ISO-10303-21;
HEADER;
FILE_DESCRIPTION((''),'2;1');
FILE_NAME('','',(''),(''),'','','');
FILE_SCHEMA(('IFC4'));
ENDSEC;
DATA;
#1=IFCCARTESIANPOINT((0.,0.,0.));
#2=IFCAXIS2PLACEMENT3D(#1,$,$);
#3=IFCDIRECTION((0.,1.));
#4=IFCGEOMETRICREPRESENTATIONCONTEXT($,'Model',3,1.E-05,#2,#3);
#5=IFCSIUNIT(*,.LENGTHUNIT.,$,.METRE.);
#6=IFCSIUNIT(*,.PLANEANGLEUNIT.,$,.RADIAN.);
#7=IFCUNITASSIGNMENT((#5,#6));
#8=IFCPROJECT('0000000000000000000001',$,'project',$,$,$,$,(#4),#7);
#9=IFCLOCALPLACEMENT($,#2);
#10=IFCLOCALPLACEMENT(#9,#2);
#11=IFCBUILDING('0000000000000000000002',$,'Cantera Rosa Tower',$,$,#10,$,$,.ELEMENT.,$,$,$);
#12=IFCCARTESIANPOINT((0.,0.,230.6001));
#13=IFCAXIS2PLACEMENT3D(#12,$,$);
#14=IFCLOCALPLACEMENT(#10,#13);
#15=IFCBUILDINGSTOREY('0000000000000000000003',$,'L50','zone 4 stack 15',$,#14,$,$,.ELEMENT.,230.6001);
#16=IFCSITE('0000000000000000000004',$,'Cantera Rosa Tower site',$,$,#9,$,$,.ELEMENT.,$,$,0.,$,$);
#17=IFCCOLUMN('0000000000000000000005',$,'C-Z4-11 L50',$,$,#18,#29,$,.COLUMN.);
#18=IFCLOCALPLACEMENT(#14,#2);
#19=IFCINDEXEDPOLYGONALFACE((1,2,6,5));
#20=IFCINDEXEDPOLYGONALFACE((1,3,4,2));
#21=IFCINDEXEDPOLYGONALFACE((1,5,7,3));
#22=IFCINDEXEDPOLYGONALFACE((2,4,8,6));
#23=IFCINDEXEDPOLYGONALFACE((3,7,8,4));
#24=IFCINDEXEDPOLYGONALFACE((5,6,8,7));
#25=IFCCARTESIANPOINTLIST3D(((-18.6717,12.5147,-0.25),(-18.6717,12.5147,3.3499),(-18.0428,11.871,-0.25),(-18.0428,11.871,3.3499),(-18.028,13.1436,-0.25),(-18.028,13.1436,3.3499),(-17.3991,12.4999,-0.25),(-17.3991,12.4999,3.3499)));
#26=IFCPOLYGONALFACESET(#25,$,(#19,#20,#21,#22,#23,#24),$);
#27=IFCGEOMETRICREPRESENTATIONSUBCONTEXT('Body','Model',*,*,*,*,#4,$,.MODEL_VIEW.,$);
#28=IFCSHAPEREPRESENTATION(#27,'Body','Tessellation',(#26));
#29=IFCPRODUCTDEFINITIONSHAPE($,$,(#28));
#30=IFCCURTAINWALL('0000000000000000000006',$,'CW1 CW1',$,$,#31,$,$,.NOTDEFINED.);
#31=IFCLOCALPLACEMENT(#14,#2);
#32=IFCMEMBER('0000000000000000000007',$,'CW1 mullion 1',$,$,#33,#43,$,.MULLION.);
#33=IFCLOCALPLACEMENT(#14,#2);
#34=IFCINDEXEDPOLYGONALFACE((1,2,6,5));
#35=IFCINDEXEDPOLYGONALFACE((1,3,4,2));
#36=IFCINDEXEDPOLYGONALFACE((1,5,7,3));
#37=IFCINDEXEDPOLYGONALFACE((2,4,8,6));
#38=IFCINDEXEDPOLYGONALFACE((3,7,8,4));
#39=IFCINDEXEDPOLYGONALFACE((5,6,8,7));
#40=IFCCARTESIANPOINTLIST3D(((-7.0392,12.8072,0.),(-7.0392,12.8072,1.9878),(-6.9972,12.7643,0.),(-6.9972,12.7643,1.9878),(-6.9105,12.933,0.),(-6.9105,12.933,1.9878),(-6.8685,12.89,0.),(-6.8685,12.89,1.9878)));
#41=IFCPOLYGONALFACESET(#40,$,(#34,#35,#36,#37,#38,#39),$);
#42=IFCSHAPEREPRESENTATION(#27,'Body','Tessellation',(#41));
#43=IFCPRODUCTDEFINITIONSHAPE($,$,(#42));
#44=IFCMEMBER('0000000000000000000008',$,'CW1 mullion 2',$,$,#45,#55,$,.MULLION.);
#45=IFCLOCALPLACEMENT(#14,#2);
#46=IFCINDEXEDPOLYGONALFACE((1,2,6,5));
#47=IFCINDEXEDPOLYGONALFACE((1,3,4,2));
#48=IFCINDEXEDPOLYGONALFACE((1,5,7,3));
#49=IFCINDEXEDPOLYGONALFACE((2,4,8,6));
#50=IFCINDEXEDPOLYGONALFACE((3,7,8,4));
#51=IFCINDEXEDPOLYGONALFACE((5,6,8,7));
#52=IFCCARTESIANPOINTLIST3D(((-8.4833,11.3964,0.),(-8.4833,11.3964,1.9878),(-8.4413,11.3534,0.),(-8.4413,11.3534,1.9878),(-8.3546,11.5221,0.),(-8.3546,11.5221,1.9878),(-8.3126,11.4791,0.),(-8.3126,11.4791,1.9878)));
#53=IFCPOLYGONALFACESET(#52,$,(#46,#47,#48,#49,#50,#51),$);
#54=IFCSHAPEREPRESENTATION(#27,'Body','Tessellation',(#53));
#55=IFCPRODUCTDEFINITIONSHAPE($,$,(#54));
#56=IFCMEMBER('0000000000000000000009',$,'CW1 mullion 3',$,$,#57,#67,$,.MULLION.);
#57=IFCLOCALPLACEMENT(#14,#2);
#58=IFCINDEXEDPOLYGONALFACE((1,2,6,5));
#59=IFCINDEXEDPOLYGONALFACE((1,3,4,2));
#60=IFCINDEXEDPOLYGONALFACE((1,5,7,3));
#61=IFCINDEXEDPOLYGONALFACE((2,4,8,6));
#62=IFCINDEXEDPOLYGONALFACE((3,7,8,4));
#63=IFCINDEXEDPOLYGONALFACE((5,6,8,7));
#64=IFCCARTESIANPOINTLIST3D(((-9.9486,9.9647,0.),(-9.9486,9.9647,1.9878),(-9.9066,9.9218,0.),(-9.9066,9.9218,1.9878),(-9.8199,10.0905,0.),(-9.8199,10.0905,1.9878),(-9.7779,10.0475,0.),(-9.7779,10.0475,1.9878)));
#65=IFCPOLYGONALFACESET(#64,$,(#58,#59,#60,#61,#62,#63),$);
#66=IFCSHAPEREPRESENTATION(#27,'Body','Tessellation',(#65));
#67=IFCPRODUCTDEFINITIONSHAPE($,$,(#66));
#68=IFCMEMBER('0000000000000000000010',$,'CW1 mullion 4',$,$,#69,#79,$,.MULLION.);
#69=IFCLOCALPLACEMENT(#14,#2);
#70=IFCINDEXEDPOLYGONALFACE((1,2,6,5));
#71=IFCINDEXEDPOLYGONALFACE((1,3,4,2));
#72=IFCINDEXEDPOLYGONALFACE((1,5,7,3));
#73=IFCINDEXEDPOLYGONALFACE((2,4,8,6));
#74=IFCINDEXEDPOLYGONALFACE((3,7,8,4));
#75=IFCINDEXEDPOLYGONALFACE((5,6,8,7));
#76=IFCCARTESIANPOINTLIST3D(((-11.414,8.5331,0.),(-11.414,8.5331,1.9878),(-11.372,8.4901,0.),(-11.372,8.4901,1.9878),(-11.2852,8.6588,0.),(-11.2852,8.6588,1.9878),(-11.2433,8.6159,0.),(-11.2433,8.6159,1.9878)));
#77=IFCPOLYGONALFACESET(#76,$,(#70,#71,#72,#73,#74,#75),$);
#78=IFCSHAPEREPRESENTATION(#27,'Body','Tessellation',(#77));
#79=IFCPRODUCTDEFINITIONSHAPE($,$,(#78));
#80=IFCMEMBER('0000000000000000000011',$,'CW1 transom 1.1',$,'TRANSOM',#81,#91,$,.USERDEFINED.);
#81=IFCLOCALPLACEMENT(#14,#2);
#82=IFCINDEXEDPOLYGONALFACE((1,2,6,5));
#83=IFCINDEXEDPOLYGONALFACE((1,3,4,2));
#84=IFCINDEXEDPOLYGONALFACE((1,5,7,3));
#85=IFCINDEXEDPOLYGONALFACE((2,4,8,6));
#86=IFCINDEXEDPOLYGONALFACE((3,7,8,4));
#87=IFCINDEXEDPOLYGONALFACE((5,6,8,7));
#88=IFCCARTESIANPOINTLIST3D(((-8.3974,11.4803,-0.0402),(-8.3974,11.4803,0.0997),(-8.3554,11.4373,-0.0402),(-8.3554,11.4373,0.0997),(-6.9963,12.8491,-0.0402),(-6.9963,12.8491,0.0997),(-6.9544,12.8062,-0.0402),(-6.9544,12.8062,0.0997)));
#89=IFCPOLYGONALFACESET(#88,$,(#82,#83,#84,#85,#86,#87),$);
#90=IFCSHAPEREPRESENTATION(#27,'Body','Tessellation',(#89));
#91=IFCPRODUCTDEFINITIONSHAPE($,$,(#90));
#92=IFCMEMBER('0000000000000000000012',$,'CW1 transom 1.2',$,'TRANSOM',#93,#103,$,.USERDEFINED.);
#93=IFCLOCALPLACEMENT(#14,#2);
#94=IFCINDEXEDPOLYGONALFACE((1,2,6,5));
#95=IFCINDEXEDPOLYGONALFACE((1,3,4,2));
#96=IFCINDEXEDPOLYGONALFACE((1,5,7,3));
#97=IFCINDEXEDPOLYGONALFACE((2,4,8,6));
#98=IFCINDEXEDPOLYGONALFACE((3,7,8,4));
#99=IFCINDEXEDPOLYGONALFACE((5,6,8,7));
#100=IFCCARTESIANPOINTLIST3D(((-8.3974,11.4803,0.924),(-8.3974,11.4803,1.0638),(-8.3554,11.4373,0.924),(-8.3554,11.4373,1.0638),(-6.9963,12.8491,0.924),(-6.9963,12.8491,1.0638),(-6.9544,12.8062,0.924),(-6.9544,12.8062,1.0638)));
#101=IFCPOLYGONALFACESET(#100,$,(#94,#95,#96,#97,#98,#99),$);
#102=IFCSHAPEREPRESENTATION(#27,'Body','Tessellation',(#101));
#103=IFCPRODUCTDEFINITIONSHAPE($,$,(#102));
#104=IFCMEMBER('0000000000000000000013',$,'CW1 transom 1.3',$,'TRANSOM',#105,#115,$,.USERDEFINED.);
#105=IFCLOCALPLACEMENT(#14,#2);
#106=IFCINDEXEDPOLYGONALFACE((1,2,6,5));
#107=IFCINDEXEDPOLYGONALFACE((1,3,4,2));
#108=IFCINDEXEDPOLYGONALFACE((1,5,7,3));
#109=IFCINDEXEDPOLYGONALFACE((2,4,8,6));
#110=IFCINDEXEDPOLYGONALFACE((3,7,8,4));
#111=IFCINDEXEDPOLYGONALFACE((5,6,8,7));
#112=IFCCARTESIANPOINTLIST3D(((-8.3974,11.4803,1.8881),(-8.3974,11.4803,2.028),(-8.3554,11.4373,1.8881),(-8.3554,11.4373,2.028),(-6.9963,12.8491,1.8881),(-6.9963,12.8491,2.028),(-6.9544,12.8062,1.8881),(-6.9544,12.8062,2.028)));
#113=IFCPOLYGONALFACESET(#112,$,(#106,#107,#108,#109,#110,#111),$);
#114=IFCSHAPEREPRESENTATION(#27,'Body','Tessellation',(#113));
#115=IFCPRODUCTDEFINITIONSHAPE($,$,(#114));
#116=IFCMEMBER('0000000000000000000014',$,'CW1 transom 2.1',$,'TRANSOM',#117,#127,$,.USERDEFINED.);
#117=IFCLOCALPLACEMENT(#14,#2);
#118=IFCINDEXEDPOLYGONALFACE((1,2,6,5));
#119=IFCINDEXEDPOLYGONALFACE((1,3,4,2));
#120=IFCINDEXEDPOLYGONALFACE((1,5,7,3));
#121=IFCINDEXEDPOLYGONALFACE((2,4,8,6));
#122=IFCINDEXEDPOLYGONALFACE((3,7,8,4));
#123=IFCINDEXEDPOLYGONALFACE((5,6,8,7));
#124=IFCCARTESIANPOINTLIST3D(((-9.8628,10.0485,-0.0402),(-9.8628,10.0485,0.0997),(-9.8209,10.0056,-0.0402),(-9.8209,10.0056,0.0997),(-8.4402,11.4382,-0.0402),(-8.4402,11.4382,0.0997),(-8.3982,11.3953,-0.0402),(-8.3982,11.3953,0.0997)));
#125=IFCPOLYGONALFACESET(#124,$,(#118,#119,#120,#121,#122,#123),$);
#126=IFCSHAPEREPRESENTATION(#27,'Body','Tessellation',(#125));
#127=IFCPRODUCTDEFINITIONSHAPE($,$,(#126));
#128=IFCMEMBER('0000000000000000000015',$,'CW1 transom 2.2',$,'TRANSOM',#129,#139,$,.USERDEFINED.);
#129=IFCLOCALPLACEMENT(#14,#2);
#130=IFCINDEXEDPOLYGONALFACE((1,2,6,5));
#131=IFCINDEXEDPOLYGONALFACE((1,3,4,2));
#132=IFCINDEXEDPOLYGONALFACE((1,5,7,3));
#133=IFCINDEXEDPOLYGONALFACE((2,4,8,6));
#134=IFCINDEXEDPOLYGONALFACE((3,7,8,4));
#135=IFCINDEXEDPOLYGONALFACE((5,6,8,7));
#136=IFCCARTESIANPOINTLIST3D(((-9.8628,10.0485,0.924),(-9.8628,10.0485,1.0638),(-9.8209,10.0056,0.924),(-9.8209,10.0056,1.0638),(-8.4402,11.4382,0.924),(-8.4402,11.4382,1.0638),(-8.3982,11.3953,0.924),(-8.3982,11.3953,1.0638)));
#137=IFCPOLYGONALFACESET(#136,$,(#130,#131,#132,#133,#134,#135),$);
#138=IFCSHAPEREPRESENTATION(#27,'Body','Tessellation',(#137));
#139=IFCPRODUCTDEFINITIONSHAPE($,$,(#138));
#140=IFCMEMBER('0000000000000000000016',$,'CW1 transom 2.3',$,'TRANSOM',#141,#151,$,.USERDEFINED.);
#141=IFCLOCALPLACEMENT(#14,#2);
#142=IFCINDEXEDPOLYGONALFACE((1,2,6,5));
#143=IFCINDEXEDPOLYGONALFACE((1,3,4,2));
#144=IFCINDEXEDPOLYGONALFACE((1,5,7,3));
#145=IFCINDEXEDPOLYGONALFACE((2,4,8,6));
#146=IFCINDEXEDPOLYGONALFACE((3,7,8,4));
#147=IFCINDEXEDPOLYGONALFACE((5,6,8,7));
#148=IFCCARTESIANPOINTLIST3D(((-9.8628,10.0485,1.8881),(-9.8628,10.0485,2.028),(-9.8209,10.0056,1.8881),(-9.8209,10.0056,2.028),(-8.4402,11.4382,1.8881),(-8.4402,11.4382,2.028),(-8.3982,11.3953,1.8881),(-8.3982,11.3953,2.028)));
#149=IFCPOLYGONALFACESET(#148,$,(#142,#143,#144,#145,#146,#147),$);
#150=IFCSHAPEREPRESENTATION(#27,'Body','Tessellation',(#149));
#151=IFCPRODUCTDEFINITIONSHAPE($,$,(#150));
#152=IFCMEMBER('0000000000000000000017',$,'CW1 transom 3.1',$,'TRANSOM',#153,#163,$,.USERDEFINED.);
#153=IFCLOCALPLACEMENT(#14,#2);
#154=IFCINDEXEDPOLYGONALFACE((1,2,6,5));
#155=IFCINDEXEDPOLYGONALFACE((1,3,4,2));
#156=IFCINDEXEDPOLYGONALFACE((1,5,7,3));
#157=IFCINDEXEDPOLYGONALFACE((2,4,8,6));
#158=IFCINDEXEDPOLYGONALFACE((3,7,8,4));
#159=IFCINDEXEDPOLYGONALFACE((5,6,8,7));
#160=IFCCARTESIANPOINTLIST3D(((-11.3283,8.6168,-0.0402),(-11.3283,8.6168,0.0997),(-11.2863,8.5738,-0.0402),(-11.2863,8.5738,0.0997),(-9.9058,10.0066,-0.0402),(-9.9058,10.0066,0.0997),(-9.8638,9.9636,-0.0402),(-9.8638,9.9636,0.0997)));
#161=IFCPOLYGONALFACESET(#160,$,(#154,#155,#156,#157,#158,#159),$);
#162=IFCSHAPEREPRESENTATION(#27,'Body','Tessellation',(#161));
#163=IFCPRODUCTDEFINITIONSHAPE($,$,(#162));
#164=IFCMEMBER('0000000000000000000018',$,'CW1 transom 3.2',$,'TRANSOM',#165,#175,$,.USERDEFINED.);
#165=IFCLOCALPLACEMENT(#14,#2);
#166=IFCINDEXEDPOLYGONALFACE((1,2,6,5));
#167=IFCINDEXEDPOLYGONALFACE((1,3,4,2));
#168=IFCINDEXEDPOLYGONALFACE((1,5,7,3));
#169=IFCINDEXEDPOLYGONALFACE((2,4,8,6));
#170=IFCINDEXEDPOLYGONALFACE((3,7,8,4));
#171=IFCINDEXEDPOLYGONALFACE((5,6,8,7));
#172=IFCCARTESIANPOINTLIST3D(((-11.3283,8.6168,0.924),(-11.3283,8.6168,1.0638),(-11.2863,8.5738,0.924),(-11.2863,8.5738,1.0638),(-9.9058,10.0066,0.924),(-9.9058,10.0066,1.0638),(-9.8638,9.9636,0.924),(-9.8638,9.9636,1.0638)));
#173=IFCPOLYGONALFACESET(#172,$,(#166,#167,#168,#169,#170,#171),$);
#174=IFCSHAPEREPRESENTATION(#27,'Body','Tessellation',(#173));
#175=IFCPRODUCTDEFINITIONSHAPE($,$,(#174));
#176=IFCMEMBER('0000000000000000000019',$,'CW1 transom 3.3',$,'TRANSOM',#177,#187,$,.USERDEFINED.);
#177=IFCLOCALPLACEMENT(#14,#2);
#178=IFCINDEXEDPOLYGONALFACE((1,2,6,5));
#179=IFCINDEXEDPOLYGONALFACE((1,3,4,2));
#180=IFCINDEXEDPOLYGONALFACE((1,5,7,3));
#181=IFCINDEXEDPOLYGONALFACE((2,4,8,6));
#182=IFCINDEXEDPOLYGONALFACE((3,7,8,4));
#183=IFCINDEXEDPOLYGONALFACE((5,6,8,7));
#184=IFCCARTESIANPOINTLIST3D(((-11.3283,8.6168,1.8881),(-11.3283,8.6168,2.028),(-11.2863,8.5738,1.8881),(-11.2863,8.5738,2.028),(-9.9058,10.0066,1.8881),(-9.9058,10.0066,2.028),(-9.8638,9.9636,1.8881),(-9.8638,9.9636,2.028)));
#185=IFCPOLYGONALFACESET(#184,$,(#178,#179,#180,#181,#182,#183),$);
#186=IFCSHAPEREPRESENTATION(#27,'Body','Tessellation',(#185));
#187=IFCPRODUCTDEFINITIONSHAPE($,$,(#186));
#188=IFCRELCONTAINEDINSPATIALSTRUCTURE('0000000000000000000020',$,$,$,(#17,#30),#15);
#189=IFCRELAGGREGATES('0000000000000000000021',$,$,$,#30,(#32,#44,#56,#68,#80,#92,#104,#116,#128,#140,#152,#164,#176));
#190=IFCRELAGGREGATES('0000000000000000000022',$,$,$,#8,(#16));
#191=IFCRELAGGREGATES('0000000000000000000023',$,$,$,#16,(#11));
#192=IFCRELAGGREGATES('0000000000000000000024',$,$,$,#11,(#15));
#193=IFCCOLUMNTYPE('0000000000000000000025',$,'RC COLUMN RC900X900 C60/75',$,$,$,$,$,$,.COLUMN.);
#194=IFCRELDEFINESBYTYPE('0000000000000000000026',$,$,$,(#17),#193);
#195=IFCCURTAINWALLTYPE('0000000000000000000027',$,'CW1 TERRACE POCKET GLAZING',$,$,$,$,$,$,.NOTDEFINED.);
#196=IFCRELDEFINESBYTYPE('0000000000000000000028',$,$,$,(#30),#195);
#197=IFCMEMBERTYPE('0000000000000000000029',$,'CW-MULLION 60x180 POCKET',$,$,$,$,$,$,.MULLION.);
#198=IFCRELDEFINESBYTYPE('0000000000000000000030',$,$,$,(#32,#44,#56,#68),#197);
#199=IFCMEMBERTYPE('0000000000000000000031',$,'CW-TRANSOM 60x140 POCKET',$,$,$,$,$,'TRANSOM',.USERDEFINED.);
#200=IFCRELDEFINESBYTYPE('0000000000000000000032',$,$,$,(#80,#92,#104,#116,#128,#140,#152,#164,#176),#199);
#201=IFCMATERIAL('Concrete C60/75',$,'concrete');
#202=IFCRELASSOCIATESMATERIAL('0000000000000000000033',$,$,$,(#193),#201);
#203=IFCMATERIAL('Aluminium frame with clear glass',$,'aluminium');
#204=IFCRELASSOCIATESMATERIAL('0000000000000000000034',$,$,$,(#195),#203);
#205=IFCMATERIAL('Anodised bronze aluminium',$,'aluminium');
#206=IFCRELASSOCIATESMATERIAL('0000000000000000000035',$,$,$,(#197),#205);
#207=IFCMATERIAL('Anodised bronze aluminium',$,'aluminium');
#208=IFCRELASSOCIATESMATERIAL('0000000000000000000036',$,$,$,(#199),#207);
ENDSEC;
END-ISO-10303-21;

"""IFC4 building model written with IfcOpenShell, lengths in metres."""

from ifc_helpers import new_model, si_unit, direction, frame, origin, origin_2d, place, context, subcontext, project, spatial, rectangle, extrude, material, material_profile, profile_set, type_object, element, aggregate, save


model = new_model("IFC4")

# Units and contexts
model_context = context("Model", 3, precision=1e-05, world=origin(), true_north=direction((0.0, 1.0)))
body_context = subcontext(model_context, "Body", "Model", "MODEL_VIEW")
ifc_project = project(units=[si_unit("LENGTHUNIT", "METRE"), si_unit("PLANEANGLEUNIT", "RADIAN")], contexts=[model_context])

# Site, building, storey
site_placement = place(None, origin())
site = spatial("IfcSite", under=ifc_project, at=site_placement, Name="Cantera Rosa Tower site", CompositionType="ELEMENT", RefElevation=0.0)
building_placement = place(site_placement, origin())
building = spatial("IfcBuilding", under=site, at=building_placement, Name="Cantera Rosa Tower", CompositionType="ELEMENT")
storey_placement = place(building_placement, frame((0.0, 0.0, 230.6001)))
storey = spatial("IfcBuildingStorey", under=building, at=storey_placement, Name="L50", Description="zone 4 stack 15", CompositionType="ELEMENT", Elevation=230.6001)

# Column
ifc_material_1 = material(Name="Concrete C60/75", Category="concrete")
ifc_material_profile_1 = material_profile(ifc_material_1, rectangle(XDim=0.8999, YDim=0.8999, at=origin_2d()), Name="RC COLUMN RC900X900 C60/75")
ifc_profile_set_1 = profile_set([ifc_material_profile_1], Name="Concrete C60/75")
column_type = type_object("IfcColumnType", Name="RC COLUMN RC900X900 C60/75", PredefinedType="COLUMN", material=ifc_profile_set_1)
column_placement = place(storey_placement, frame((-18.0354, 12.5073, -0.25), z_axis=(0.0, 0.0, 1.0), x_axis=(0.715286, 0.698832, 0.0)))
element("IfcColumn", 1, at=column_placement, inside=storey, type_object=column_type, Name="C-Z4-11 L50", PredefinedType="COLUMN", context=body_context, shape_type="SweptSolid", body=[
    extrude(rectangle(XDim=0.8999, YDim=0.8999, at=origin_2d()), origin(), (0.0, 0.0, 1.0), 3.5999),
])

# Curtain wall, members
ifc_material_2 = material(Name="Aluminium frame with clear glass", Category="aluminium")
curtain_wall_type = type_object("IfcCurtainWallType", Name="CW1 TERRACE POCKET GLAZING", PredefinedType="NOTDEFINED", material=ifc_material_2)
curtain_wall_placement = place(storey_placement, origin())
curtain_wall = element("IfcCurtainWall", 2, at=curtain_wall_placement, inside=storey, type_object=curtain_wall_type, Name="CW1 CW1", PredefinedType="NOTDEFINED")
ifc_material_3 = material(Name="Anodised bronze aluminium", Category="aluminium")
ifc_material_profile_2 = material_profile(ifc_material_3, rectangle(XDim=0.0601, YDim=0.1799, at=origin_2d()), Name="CW-MULLION 60x180 POCKET")
ifc_profile_set_2 = profile_set([ifc_material_profile_2], Name="Anodised bronze aluminium")
member_type_1 = type_object("IfcMemberType", Name="CW-MULLION 60x180 POCKET", PredefinedType="MULLION", material=ifc_profile_set_2)
member_1_placement = place(storey_placement, frame((-6.9539, 12.8486, 0.0), z_axis=(0.0, 0.0, 1.0), x_axis=(0.698832, -0.715286, 0.0)))
member_1 = element("IfcMember", 3, at=member_1_placement, type_object=member_type_1, Name="CW1 mullion 1", PredefinedType="MULLION", context=body_context, shape_type="SweptSolid", body=[
    extrude(rectangle(XDim=0.0601, YDim=0.1799, at=origin_2d()), origin(), (0.0, 0.0, 1.0), 1.9878),
])
member_2_placement = place(storey_placement, frame((-8.3979, 11.4377, 0.0), z_axis=(0.0, 0.0, 1.0), x_axis=(0.698832, -0.715286, 0.0)))
member_2 = element("IfcMember", 4, at=member_2_placement, type_object=member_type_1, Name="CW1 mullion 2", PredefinedType="MULLION", context=body_context, shape_type="SweptSolid", body=[
    extrude(rectangle(XDim=0.0601, YDim=0.1799, at=origin_2d()), origin(), (0.0, 0.0, 1.0), 1.9878),
])
member_3_placement = place(storey_placement, frame((-9.8633, 10.0061, 0.0), z_axis=(0.0, 0.0, 1.0), x_axis=(0.698832, -0.715286, 0.0)))
member_3 = element("IfcMember", 5, at=member_3_placement, type_object=member_type_1, Name="CW1 mullion 3", PredefinedType="MULLION", context=body_context, shape_type="SweptSolid", body=[
    extrude(rectangle(XDim=0.0601, YDim=0.1799, at=origin_2d()), origin(), (0.0, 0.0, 1.0), 1.9878),
])
member_4_placement = place(storey_placement, frame((-11.3286, 8.5745, 0.0), z_axis=(0.0, 0.0, 1.0), x_axis=(0.698832, -0.715286, 0.0)))
member_4 = element("IfcMember", 6, at=member_4_placement, type_object=member_type_1, Name="CW1 mullion 4", PredefinedType="MULLION", context=body_context, shape_type="SweptSolid", body=[
    extrude(rectangle(XDim=0.0601, YDim=0.1799, at=origin_2d()), origin(), (0.0, 0.0, 1.0), 1.9878),
])
ifc_material_4 = material(Name="Anodised bronze aluminium", Category="aluminium")
ifc_material_profile_3 = material_profile(ifc_material_4, rectangle(XDim=0.0601, YDim=0.1399, at=origin_2d()), Name="CW-TRANSOM 60x140 POCKET")
ifc_profile_set_3 = profile_set([ifc_material_profile_3], Name="Anodised bronze aluminium")
member_type_2 = type_object("IfcMemberType", Name="CW-TRANSOM 60x140 POCKET", ElementType="TRANSOM", PredefinedType="USERDEFINED", material=ifc_profile_set_3)
member_5_placement = place(storey_placement, frame((-6.9753, 12.8276, 0.0298), z_axis=(-0.715285, -0.698833, 0.0), x_axis=(0.698833, -0.715285, 0.0)))
member_5 = element("IfcMember", 7, at=member_5_placement, type_object=member_type_2, Name="CW1 transom 1.1", ObjectType="TRANSOM", PredefinedType="USERDEFINED", context=body_context, shape_type="SweptSolid", body=[
    extrude(rectangle(XDim=0.0601, YDim=0.1399, at=origin_2d()), origin(), (0.0, 0.0, 1.0), 1.9587),
])
member_6_placement = place(storey_placement, frame((-6.9753, 12.8276, 0.9939), z_axis=(-0.715285, -0.698833, 0.0), x_axis=(0.698833, -0.715285, 0.0)))
member_6 = element("IfcMember", 8, at=member_6_placement, type_object=member_type_2, Name="CW1 transom 1.2", ObjectType="TRANSOM", PredefinedType="USERDEFINED", context=body_context, shape_type="SweptSolid", body=[
    extrude(rectangle(XDim=0.0601, YDim=0.1399, at=origin_2d()), origin(), (0.0, 0.0, 1.0), 1.9587),
])
member_7_placement = place(storey_placement, frame((-6.9753, 12.8276, 1.958), z_axis=(-0.715285, -0.698833, 0.0), x_axis=(0.698833, -0.715285, 0.0)))
member_7 = element("IfcMember", 9, at=member_7_placement, type_object=member_type_2, Name="CW1 transom 1.3", ObjectType="TRANSOM", PredefinedType="USERDEFINED", context=body_context, shape_type="SweptSolid", body=[
    extrude(rectangle(XDim=0.0601, YDim=0.1399, at=origin_2d()), origin(), (0.0, 0.0, 1.0), 1.9587),
])
member_8_placement = place(storey_placement, frame((-8.4192, 11.4167, 0.0298), z_axis=(-0.715345, -0.698772, 0.0), x_axis=(0.698772, -0.715345, 0.0)))
member_8 = element("IfcMember", 10, at=member_8_placement, type_object=member_type_2, Name="CW1 transom 2.1", ObjectType="TRANSOM", PredefinedType="USERDEFINED", context=body_context, shape_type="SweptSolid", body=[
    extrude(rectangle(XDim=0.0601, YDim=0.1399, at=origin_2d()), origin(), (0.0, 0.0, 1.0), 1.9888),
])
member_9_placement = place(storey_placement, frame((-8.4192, 11.4167, 0.9939), z_axis=(-0.715345, -0.698772, 0.0), x_axis=(0.698772, -0.715345, 0.0)))
member_9 = element("IfcMember", 11, at=member_9_placement, type_object=member_type_2, Name="CW1 transom 2.2", ObjectType="TRANSOM", PredefinedType="USERDEFINED", context=body_context, shape_type="SweptSolid", body=[
    extrude(rectangle(XDim=0.0601, YDim=0.1399, at=origin_2d()), origin(), (0.0, 0.0, 1.0), 1.9888),
])
member_10_placement = place(storey_placement, frame((-8.4192, 11.4167, 1.958), z_axis=(-0.715345, -0.698772, 0.0), x_axis=(0.698772, -0.715345, 0.0)))
member_10 = element("IfcMember", 12, at=member_10_placement, type_object=member_type_2, Name="CW1 transom 2.3", ObjectType="TRANSOM", PredefinedType="USERDEFINED", context=body_context, shape_type="SweptSolid", body=[
    extrude(rectangle(XDim=0.0601, YDim=0.1399, at=origin_2d()), origin(), (0.0, 0.0, 1.0), 1.9888),
])
member_11_placement = place(storey_placement, frame((-9.8848, 9.9851, 0.0298), z_axis=(-0.715283, -0.698834, 0.0), x_axis=(0.698834, -0.715283, 0.0)))
member_11 = element("IfcMember", 13, at=member_11_placement, type_object=member_type_2, Name="CW1 transom 3.1", ObjectType="TRANSOM", PredefinedType="USERDEFINED", context=body_context, shape_type="SweptSolid", body=[
    extrude(rectangle(XDim=0.0601, YDim=0.1399, at=origin_2d()), origin(), (0.0, 0.0, 1.0), 1.9888),
])
member_12_placement = place(storey_placement, frame((-9.8848, 9.9851, 0.9939), z_axis=(-0.715283, -0.698834, 0.0), x_axis=(0.698834, -0.715283, 0.0)))
member_12 = element("IfcMember", 14, at=member_12_placement, type_object=member_type_2, Name="CW1 transom 3.2", ObjectType="TRANSOM", PredefinedType="USERDEFINED", context=body_context, shape_type="SweptSolid", body=[
    extrude(rectangle(XDim=0.0601, YDim=0.1399, at=origin_2d()), origin(), (0.0, 0.0, 1.0), 1.9888),
])
member_13_placement = place(storey_placement, frame((-9.8848, 9.9851, 1.958), z_axis=(-0.715283, -0.698834, 0.0), x_axis=(0.698834, -0.715283, 0.0)))
member_13 = element("IfcMember", 15, at=member_13_placement, type_object=member_type_2, Name="CW1 transom 3.3", ObjectType="TRANSOM", PredefinedType="USERDEFINED", context=body_context, shape_type="SweptSolid", body=[
    extrude(rectangle(XDim=0.0601, YDim=0.1399, at=origin_2d()), origin(), (0.0, 0.0, 1.0), 1.9888),
])

aggregate(curtain_wall, [member_1, member_2, member_3, member_4, member_5, member_6, member_7, member_8, member_9, member_10, member_11, member_12, member_13])

save(model, "model.ifc")
